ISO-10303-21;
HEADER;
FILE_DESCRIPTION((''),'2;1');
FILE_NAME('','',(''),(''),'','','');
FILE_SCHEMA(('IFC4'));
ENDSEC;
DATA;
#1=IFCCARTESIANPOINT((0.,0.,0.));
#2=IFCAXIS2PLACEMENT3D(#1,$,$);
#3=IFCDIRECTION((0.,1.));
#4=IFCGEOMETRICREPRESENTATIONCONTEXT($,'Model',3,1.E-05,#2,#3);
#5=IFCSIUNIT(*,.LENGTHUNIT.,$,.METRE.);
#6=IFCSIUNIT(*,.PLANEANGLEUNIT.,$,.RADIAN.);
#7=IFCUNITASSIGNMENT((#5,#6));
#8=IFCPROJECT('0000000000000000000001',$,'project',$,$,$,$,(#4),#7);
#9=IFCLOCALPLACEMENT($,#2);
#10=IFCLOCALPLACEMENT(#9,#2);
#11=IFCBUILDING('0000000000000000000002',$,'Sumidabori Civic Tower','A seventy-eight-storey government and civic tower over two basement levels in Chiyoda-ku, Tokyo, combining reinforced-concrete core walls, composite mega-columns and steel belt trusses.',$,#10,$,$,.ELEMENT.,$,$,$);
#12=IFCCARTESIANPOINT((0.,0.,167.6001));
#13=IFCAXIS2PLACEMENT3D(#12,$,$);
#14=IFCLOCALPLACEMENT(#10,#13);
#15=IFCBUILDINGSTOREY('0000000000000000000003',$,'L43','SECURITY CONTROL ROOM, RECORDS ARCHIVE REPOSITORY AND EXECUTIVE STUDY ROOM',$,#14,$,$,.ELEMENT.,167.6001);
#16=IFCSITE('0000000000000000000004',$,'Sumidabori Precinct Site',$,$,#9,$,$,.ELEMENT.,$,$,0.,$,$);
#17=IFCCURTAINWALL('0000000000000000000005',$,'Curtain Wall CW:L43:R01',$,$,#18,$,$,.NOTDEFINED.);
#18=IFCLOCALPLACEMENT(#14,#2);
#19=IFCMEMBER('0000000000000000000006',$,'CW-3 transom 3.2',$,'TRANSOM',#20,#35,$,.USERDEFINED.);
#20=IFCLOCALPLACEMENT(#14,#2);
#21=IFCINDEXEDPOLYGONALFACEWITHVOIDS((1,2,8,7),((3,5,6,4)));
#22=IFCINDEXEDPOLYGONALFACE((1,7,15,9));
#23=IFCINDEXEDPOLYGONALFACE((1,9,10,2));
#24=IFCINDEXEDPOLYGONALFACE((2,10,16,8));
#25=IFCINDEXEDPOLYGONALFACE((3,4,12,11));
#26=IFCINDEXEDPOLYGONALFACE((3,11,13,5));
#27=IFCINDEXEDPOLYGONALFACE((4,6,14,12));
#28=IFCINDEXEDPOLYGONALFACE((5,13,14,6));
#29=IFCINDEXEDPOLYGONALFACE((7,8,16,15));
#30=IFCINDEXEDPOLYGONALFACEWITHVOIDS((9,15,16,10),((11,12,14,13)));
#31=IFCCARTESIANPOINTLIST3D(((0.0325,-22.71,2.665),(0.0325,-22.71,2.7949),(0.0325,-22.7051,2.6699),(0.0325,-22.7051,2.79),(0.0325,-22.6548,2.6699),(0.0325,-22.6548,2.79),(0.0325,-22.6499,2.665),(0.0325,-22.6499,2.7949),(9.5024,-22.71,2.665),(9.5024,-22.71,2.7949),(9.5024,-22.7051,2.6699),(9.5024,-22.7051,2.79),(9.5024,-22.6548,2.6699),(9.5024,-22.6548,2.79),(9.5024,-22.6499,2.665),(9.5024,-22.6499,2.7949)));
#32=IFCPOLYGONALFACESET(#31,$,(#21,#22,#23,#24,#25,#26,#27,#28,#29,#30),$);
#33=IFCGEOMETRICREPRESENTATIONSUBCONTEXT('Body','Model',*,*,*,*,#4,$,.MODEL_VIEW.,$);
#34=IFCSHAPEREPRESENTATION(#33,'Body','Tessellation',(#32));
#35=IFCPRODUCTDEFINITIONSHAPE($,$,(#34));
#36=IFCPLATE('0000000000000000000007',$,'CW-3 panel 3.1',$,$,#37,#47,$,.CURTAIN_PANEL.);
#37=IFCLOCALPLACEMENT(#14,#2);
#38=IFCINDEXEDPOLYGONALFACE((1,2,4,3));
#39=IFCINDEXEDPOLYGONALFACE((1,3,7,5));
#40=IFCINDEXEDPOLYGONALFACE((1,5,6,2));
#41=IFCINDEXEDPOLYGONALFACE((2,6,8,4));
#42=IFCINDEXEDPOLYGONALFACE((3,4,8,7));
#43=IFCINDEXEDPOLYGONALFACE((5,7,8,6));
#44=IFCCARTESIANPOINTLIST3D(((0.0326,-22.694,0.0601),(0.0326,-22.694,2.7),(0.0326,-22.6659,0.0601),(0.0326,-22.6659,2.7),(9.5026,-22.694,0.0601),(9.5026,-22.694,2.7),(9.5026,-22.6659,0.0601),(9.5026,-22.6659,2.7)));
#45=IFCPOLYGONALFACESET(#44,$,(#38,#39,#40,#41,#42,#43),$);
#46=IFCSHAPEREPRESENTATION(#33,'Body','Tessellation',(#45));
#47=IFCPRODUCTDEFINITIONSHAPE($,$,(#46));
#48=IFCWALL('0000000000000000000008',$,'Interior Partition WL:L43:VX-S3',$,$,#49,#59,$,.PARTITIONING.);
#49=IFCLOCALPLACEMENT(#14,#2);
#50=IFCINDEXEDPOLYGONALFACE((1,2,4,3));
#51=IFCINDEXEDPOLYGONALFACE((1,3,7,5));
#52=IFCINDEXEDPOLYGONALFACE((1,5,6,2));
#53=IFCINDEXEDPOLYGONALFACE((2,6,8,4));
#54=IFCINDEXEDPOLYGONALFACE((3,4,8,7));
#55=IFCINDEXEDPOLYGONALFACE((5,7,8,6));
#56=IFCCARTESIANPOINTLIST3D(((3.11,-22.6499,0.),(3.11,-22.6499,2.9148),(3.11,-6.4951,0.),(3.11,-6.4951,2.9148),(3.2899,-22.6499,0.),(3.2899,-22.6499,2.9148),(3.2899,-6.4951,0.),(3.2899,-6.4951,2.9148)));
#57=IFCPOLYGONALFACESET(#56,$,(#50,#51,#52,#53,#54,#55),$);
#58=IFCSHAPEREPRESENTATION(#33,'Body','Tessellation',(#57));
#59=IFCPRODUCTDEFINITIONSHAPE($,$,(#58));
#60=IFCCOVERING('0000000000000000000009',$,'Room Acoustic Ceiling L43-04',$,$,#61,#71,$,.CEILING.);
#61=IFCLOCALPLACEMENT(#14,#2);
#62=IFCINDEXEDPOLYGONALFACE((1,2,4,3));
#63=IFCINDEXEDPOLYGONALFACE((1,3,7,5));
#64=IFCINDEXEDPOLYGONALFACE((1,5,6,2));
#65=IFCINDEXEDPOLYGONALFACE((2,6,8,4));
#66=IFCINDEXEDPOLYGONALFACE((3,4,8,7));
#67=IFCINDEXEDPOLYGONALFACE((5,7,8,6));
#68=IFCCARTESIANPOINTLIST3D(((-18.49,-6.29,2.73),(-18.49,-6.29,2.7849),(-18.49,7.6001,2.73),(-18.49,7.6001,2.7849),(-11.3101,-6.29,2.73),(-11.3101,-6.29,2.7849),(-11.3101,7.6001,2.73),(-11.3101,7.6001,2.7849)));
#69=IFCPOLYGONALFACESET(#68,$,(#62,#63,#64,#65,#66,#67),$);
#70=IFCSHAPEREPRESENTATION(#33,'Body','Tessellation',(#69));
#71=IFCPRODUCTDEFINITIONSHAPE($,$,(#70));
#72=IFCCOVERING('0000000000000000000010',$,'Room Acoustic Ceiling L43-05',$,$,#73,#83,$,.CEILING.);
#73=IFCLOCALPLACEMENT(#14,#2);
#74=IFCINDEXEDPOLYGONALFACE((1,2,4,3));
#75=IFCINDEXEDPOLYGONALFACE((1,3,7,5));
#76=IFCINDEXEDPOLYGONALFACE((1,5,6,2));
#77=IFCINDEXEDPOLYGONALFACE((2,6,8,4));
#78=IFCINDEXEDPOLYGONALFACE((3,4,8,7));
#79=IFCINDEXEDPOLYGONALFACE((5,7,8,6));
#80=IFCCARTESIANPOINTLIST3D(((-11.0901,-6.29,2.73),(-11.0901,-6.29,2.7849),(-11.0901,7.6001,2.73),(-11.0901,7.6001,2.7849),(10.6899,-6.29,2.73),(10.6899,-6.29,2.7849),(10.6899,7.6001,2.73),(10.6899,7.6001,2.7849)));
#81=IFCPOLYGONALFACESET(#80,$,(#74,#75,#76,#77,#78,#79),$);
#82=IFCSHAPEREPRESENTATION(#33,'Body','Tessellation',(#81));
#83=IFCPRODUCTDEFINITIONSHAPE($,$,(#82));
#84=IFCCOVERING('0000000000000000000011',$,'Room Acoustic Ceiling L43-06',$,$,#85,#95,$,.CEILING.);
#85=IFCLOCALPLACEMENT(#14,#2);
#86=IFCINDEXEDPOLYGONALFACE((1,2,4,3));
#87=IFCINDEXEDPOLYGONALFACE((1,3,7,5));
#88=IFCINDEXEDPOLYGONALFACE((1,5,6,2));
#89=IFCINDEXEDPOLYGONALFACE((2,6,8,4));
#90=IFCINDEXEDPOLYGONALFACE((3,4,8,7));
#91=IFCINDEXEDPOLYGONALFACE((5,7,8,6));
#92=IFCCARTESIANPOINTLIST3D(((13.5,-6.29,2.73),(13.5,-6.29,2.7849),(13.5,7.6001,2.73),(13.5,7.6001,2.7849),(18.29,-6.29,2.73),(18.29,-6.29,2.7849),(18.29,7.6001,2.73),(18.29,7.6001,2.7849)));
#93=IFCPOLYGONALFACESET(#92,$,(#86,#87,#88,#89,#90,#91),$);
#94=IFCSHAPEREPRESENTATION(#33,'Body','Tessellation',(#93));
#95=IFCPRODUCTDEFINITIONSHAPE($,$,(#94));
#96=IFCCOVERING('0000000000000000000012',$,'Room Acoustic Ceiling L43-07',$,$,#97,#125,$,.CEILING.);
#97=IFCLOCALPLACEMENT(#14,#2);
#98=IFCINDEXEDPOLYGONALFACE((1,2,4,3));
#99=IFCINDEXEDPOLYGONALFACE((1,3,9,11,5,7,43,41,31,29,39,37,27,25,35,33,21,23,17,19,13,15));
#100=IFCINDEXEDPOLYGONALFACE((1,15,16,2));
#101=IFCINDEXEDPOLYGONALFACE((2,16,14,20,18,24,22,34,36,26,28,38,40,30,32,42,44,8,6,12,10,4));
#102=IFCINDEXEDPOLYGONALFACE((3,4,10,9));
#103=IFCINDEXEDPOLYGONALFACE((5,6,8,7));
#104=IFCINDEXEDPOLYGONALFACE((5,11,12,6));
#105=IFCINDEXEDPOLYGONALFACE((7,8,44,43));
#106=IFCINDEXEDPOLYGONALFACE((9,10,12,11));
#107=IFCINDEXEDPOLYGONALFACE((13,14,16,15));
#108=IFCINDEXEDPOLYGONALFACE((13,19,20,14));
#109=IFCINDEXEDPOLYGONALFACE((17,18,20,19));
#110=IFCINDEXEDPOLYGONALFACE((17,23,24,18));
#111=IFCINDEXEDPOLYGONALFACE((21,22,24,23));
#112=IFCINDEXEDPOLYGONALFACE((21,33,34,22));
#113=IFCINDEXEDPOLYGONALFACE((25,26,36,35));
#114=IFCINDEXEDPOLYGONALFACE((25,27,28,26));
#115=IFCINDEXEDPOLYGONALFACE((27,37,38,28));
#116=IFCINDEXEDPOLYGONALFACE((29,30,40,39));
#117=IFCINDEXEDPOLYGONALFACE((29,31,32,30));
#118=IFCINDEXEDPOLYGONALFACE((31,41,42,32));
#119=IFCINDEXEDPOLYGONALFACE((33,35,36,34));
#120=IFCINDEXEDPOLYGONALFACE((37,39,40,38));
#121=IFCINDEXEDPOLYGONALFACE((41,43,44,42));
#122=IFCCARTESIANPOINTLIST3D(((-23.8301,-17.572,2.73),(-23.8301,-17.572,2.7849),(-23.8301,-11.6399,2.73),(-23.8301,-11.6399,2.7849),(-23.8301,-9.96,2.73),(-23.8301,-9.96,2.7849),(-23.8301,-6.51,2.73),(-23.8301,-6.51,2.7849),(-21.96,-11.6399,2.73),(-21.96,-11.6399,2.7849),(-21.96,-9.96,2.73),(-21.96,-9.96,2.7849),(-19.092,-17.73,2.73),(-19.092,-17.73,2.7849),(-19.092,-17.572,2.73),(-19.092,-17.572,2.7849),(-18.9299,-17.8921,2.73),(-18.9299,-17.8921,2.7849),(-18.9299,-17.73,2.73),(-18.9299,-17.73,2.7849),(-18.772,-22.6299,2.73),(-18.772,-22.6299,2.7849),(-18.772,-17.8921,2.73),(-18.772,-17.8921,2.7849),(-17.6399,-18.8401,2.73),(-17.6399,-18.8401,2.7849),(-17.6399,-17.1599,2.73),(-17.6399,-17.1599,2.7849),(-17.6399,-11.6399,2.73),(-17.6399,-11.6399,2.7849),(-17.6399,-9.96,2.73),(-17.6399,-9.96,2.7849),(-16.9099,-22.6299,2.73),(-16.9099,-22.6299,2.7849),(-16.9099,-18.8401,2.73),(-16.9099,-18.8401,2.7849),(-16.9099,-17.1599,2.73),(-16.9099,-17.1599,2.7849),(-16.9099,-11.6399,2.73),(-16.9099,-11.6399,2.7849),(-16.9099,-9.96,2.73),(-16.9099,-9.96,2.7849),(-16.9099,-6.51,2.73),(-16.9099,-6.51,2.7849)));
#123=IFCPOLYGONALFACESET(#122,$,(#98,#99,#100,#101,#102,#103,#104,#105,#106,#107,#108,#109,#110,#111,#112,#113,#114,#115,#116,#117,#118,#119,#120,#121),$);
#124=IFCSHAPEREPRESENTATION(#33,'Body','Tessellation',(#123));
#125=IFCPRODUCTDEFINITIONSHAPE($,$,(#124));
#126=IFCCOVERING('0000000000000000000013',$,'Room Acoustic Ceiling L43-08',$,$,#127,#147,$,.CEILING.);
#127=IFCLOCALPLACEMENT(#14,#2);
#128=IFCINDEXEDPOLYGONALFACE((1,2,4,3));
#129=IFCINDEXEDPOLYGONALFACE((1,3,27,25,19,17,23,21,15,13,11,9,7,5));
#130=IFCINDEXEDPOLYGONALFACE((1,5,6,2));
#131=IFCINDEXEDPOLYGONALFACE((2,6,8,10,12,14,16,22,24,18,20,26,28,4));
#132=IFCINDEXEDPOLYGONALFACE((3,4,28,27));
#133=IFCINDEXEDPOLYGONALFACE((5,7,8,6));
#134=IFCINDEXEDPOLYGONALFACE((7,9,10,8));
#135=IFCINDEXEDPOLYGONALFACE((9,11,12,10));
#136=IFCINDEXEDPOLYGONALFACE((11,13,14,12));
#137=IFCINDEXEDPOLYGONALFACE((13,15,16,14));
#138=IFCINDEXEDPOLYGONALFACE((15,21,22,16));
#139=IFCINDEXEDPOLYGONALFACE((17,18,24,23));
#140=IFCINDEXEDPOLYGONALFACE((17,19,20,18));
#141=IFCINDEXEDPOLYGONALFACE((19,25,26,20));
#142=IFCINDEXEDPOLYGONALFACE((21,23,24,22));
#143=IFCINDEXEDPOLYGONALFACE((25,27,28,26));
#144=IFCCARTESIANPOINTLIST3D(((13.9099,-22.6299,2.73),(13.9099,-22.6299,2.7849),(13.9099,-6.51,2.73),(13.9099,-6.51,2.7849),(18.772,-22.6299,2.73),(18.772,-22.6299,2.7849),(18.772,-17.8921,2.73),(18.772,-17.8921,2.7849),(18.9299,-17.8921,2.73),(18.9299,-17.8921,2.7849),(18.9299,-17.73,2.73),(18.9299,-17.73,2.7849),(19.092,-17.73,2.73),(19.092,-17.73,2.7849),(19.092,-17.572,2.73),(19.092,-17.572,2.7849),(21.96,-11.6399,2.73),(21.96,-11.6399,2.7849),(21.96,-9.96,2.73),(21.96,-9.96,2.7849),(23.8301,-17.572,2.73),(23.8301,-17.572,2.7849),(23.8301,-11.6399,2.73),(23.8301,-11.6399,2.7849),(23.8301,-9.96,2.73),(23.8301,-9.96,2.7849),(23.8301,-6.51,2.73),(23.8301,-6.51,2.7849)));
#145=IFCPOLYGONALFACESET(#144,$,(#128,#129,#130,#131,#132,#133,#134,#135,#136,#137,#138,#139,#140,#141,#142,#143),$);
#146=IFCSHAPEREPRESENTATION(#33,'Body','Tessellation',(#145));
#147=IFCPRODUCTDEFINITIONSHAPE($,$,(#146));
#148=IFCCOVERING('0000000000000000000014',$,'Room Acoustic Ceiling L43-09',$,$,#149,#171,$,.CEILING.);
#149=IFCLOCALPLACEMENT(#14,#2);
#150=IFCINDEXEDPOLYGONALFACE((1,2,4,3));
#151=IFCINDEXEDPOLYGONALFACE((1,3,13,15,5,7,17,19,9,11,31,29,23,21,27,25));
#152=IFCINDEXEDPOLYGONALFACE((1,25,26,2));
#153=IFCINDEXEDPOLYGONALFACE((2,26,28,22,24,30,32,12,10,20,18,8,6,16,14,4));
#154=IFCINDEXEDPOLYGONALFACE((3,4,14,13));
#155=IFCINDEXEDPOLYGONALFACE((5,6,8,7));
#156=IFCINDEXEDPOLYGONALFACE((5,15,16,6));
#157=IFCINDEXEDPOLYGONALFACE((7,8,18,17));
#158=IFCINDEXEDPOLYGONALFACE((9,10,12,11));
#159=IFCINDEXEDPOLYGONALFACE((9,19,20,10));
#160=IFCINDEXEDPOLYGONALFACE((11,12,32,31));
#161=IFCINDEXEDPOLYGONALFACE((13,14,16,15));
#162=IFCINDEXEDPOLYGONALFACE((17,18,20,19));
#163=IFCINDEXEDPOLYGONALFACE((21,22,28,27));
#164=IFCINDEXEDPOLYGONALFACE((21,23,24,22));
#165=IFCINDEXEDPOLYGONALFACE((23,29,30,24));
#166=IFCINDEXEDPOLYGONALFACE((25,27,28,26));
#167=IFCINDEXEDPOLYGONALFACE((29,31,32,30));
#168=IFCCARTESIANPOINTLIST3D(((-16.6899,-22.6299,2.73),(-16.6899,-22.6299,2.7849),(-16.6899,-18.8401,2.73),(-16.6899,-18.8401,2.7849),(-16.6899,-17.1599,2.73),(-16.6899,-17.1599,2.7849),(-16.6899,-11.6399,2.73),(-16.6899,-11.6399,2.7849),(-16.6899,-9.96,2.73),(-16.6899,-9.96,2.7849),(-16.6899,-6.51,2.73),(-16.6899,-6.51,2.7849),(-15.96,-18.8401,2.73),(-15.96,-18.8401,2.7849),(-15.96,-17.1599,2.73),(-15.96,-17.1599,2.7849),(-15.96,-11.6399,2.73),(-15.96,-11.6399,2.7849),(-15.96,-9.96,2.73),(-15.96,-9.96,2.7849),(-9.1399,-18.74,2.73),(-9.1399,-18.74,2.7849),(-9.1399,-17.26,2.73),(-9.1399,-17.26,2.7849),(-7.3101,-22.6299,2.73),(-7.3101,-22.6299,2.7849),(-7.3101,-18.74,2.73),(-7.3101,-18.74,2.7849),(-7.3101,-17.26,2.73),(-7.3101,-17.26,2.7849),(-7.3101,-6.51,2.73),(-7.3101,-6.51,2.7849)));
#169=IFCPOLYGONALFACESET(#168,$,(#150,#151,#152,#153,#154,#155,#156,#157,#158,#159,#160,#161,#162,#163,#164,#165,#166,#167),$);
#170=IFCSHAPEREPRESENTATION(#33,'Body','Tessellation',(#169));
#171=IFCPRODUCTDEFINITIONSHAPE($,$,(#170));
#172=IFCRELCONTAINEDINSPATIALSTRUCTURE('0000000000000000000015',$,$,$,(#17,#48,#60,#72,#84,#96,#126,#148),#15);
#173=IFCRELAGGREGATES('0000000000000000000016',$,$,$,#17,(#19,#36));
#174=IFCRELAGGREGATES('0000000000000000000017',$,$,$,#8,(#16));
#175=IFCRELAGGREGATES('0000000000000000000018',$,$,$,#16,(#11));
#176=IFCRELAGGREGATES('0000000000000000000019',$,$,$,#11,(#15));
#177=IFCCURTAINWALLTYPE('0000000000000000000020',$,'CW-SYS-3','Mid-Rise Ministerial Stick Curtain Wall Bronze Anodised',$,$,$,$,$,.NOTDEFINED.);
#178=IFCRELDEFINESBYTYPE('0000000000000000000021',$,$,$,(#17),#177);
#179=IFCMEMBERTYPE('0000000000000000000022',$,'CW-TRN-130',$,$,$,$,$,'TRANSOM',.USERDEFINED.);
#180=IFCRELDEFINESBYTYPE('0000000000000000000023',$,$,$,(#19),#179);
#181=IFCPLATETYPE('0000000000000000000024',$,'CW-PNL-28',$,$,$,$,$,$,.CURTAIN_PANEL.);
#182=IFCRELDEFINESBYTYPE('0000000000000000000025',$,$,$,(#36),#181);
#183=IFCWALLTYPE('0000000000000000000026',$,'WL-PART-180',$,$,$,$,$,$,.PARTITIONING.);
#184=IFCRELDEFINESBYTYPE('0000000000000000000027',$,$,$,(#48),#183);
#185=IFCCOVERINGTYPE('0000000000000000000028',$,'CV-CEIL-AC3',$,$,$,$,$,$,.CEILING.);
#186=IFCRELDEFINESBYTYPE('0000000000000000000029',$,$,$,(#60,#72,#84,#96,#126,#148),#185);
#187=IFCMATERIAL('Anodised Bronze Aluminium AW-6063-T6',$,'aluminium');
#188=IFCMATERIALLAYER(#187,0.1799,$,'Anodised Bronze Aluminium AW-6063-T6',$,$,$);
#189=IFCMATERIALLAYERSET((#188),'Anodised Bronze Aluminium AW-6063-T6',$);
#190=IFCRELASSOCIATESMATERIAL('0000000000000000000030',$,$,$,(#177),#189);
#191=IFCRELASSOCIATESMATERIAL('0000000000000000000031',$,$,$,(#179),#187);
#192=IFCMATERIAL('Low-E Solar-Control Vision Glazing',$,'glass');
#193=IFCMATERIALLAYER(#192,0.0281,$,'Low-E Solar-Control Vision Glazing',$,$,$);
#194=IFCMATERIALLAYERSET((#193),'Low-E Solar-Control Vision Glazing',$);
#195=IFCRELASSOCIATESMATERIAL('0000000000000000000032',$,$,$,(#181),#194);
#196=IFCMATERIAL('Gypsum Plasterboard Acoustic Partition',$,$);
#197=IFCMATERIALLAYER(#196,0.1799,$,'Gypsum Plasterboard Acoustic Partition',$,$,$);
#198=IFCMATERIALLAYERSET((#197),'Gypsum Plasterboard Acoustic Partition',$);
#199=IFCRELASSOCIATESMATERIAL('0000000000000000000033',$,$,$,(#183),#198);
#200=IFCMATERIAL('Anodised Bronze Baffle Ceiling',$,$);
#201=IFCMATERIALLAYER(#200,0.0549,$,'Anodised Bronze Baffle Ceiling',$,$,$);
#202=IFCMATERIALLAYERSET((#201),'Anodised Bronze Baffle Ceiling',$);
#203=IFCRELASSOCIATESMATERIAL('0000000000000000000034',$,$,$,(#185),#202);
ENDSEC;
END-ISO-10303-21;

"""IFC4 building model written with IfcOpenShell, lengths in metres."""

from ifc_helpers import new_model, si_unit, direction, frame, frame_2d, origin, origin_2d, place, context, subcontext, project, spatial, polyline, rectangle, hollow_rectangle, outline, extrude, source, transform, mapped, material, layer, layer_set, material_profile, profile_set, type_object, element, aggregate, save


model = new_model("IFC4")

# Units and contexts
model_context = context("Model", 3, precision=1e-05, world=origin(), true_north=direction((0.0, 1.0)))
body_context = subcontext(model_context, "Body", "Model", "MODEL_VIEW")
ifc_project = project(units=[si_unit("LENGTHUNIT", "METRE"), si_unit("PLANEANGLEUNIT", "RADIAN")], contexts=[model_context])

# Site, building, storey
site_placement = place(None, origin())
site = spatial("IfcSite", under=ifc_project, at=site_placement, Name="Sumidabori Precinct Site", CompositionType="ELEMENT", RefElevation=0.0)
building_placement = place(site_placement, origin())
building = spatial("IfcBuilding", under=site, at=building_placement, Name="Sumidabori Civic Tower", Description="A seventy-eight-storey government and civic tower over two basement levels in Chiyoda-ku, Tokyo, combining reinforced-concrete core walls, composite mega-columns and steel belt trusses.", CompositionType="ELEMENT")
storey_placement = place(building_placement, frame((0.0, 0.0, 167.6001)))
storey = spatial("IfcBuildingStorey", under=building, at=storey_placement, Name="L43", Description="SECURITY CONTROL ROOM, RECORDS ARCHIVE REPOSITORY AND EXECUTIVE STUDY ROOM", CompositionType="ELEMENT", Elevation=167.6001)

# Curtain wall, member, plate
ifc_material_1 = material(Name="Anodised Bronze Aluminium AW-6063-T6", Category="aluminium")
ifc_layer_1 = layer(ifc_material_1, 0.1799, Name="Anodised Bronze Aluminium AW-6063-T6")
ifc_layer_set_1 = layer_set([ifc_layer_1], Name="Anodised Bronze Aluminium AW-6063-T6")
curtain_wall_type = type_object("IfcCurtainWallType", Name="CW-SYS-3", Description="Mid-Rise Ministerial Stick Curtain Wall Bronze Anodised", PredefinedType="NOTDEFINED", material=ifc_layer_set_1)
curtain_wall_placement = place(storey_placement, origin())
curtain_wall = element("IfcCurtainWall", 1, at=curtain_wall_placement, inside=storey, type_object=curtain_wall_type, Name="Curtain Wall CW:L43:R01", PredefinedType="NOTDEFINED")
ifc_material_profile_1 = material_profile(ifc_material_1, hollow_rectangle(XDim=0.0601, YDim=0.1299, WallThickness=0.0049, at=origin_2d()), Name="ALU TRANSOM 130x60")
ifc_profile_set_1 = profile_set([ifc_material_profile_1], Name="Anodised Bronze Aluminium AW-6063-T6")
member_type = type_object("IfcMemberType", Name="CW-TRN-130", ElementType="TRANSOM", PredefinedType="USERDEFINED", material=ifc_profile_set_1)
shared_shape_1 = source(origin(), body_context, "Body", "SweptSolid", [
    extrude(hollow_rectangle(XDim=0.0601, YDim=0.1299, WallThickness=0.0049, at=origin_2d()), origin(), (0.0, 0.0, 1.0), 9.47),
])
member_1_placement = place(storey_placement, frame((0.0325, -22.6799, 2.73), z_axis=(1.0, 0.0, 0.0), x_axis=(0.0, 1.0, 0.0)))
member_1 = element("IfcMember", 2, at=member_1_placement, type_object=member_type, Name="CW-3 transom 3.2", ObjectType="TRANSOM", PredefinedType="USERDEFINED", context=body_context, shape_type="MappedRepresentation", body=[
    mapped(shared_shape_1, transform((0.0, 0.0, 0.0), x_axis=(1.0, 0.0, 0.0), y_axis=(0.0, 1.0, 0.0), z_axis=(0.0, 0.0, 1.0), scale=1.0)),
])
ifc_material_2 = material(Name="Low-E Solar-Control Vision Glazing", Category="glass")
ifc_layer_2 = layer(ifc_material_2, 0.0281, Name="Low-E Solar-Control Vision Glazing")
ifc_layer_set_2 = layer_set([ifc_layer_2], Name="Low-E Solar-Control Vision Glazing")
plate_type = type_object("IfcPlateType", Name="CW-PNL-28", PredefinedType="CURTAIN_PANEL", material=ifc_layer_set_2)
shared_shape_2 = source(origin(), body_context, "Body", "SweptSolid", [
    extrude(rectangle(XDim=9.47, YDim=0.0281, at=origin_2d()), origin(), (0.0, 0.0, 1.0), 2.6399),
])
plate_placement = place(storey_placement, frame((4.7676, -22.6799, 0.0601), z_axis=(0.0, 0.0, 1.0), x_axis=(1.0, 0.0, 0.0)))
plate = element("IfcPlate", 3, at=plate_placement, type_object=plate_type, Name="CW-3 panel 3.1", PredefinedType="CURTAIN_PANEL", context=body_context, shape_type="MappedRepresentation", body=[
    mapped(shared_shape_2, transform((0.0, 0.0, 0.0), x_axis=(1.0, 0.0, 0.0), y_axis=(0.0, 1.0, 0.0), z_axis=(0.0, 0.0, 1.0), scale=1.0)),
])
aggregate(curtain_wall, [member_1, plate])

# Wall
ifc_material_3 = material(Name="Gypsum Plasterboard Acoustic Partition")
ifc_layer_3 = layer(ifc_material_3, 0.1799, Name="Gypsum Plasterboard Acoustic Partition")
ifc_layer_set_3 = layer_set([ifc_layer_3], Name="Gypsum Plasterboard Acoustic Partition")
wall_type = type_object("IfcWallType", Name="WL-PART-180", PredefinedType="PARTITIONING", material=ifc_layer_set_3)
shared_shape_3 = source(origin(), body_context, "Body", "SweptSolid", [
    extrude(rectangle(XDim=16.1548, YDim=0.1799, at=frame_2d((8.0774, 0.0))), origin(), (0.0, 0.0, 1.0), 2.9148),
])
wall_placement = place(storey_placement, frame((3.2, -22.6499, 0.0), z_axis=(0.0, 0.0, 1.0), x_axis=(0.0, 1.0, 0.0)))
element("IfcWall", 4, at=wall_placement, inside=storey, type_object=wall_type, Name="Interior Partition WL:L43:VX-S3", PredefinedType="PARTITIONING", context=body_context, shape_type="MappedRepresentation", body=[
    mapped(shared_shape_3, transform((0.0, 0.0, 0.0), x_axis=(1.0, 0.0, 0.0), y_axis=(0.0, 1.0, 0.0), z_axis=(0.0, 0.0, 1.0), scale=1.0)),
])

# Coverings
ifc_material_4 = material(Name="Anodised Bronze Baffle Ceiling")
ifc_layer_4 = layer(ifc_material_4, 0.0549, Name="Anodised Bronze Baffle Ceiling")
ifc_layer_set_4 = layer_set([ifc_layer_4], Name="Anodised Bronze Baffle Ceiling")
covering_type_1 = type_object("IfcCoveringType", Name="CV-CEIL-AC3", PredefinedType="CEILING", material=ifc_layer_set_4)
covering_1_placement = place(storey_placement, frame((0.0, 0.0, 2.73)))
element("IfcCovering", 5, at=covering_1_placement, inside=storey, type_object=covering_type_1, Name="Room Acoustic Ceiling L43-04", PredefinedType="CEILING", context=body_context, shape_type="SweptSolid", body=[
    extrude(outline(polyline([(-18.49, 7.6001), (-11.3101, 7.6001), (-11.3101, -6.29), (-18.49, -6.29), (-18.49, 7.6001)])), origin(), (0.0, 0.0, 1.0), 0.0549),
])
covering_2_placement = place(storey_placement, frame((0.0, 0.0, 2.73)))
element("IfcCovering", 6, at=covering_2_placement, inside=storey, type_object=covering_type_1, Name="Room Acoustic Ceiling L43-05", PredefinedType="CEILING", context=body_context, shape_type="SweptSolid", body=[
    extrude(outline(polyline([(-11.0901, 7.6001), (10.6899, 7.6001), (10.6899, -6.29), (-11.0901, -6.29), (-11.0901, 7.6001)])), origin(), (0.0, 0.0, 1.0), 0.0549),
])
covering_3_placement = place(storey_placement, frame((0.0, 0.0, 2.73)))
element("IfcCovering", 7, at=covering_3_placement, inside=storey, type_object=covering_type_1, Name="Room Acoustic Ceiling L43-06", PredefinedType="CEILING", context=body_context, shape_type="SweptSolid", body=[
    extrude(outline(polyline([(13.5, 7.6001), (18.29, 7.6001), (18.29, -6.29), (13.5, -6.29), (13.5, 7.6001)])), origin(), (0.0, 0.0, 1.0), 0.0549),
])
covering_4_placement = place(storey_placement, frame((0.0, 0.0, 2.73)))
element("IfcCovering", 8, at=covering_4_placement, inside=storey, type_object=covering_type_1, Name="Room Acoustic Ceiling L43-07", PredefinedType="CEILING", context=body_context, shape_type="SweptSolid", body=[
    extrude(outline(polyline([(-21.96, -11.6399), (-21.96, -9.96), (-23.8301, -9.96), (-23.8301, -6.51), (-16.9099, -6.51), (-16.9099, -9.96), (-17.6399, -9.96), (-17.6399, -11.6399), (-16.9099, -11.6399), (-16.9099, -17.1599), (-17.6399, -17.1599), (-17.6399, -18.8401), (-16.9099, -18.8401), (-16.9099, -22.6299), (-18.772, -22.6299), (-18.772, -17.8921), (-18.9299, -17.8921), (-18.9299, -17.73), (-19.092, -17.73), (-19.092, -17.572), (-23.8301, -17.572), (-23.8301, -11.6399), (-21.96, -11.6399)])), origin(), (0.0, 0.0, 1.0), 0.0549),
])
covering_5_placement = place(storey_placement, frame((0.0, 0.0, 2.73)))
element("IfcCovering", 9, at=covering_5_placement, inside=storey, type_object=covering_type_1, Name="Room Acoustic Ceiling L43-08", PredefinedType="CEILING", context=body_context, shape_type="SweptSolid", body=[
    extrude(outline(polyline([(13.9099, -6.51), (23.8301, -6.51), (23.8301, -9.96), (21.96, -9.96), (21.96, -11.6399), (23.8301, -11.6399), (23.8301, -17.572), (19.092, -17.572), (19.092, -17.73), (18.9299, -17.73), (18.9299, -17.8921), (18.772, -17.8921), (18.772, -22.6299), (13.9099, -22.6299), (13.9099, -6.51)])), origin(), (0.0, 0.0, 1.0), 0.0549),
])
covering_6_placement = place(storey_placement, frame((0.0, 0.0, 2.73)))
element("IfcCovering", 10, at=covering_6_placement, inside=storey, type_object=covering_type_1, Name="Room Acoustic Ceiling L43-09", PredefinedType="CEILING", context=body_context, shape_type="SweptSolid", body=[
    extrude(outline(polyline([(-16.6899, -18.8401), (-15.96, -18.8401), (-15.96, -17.1599), (-16.6899, -17.1599), (-16.6899, -11.6399), (-15.96, -11.6399), (-15.96, -9.96), (-16.6899, -9.96), (-16.6899, -6.51), (-7.3101, -6.51), (-7.3101, -17.26), (-9.1399, -17.26), (-9.1399, -18.74), (-7.3101, -18.74), (-7.3101, -22.6299), (-16.6899, -22.6299), (-16.6899, -18.8401)])), origin(), (0.0, 0.0, 1.0), 0.0549),
])

save(model, "model.ifc")
